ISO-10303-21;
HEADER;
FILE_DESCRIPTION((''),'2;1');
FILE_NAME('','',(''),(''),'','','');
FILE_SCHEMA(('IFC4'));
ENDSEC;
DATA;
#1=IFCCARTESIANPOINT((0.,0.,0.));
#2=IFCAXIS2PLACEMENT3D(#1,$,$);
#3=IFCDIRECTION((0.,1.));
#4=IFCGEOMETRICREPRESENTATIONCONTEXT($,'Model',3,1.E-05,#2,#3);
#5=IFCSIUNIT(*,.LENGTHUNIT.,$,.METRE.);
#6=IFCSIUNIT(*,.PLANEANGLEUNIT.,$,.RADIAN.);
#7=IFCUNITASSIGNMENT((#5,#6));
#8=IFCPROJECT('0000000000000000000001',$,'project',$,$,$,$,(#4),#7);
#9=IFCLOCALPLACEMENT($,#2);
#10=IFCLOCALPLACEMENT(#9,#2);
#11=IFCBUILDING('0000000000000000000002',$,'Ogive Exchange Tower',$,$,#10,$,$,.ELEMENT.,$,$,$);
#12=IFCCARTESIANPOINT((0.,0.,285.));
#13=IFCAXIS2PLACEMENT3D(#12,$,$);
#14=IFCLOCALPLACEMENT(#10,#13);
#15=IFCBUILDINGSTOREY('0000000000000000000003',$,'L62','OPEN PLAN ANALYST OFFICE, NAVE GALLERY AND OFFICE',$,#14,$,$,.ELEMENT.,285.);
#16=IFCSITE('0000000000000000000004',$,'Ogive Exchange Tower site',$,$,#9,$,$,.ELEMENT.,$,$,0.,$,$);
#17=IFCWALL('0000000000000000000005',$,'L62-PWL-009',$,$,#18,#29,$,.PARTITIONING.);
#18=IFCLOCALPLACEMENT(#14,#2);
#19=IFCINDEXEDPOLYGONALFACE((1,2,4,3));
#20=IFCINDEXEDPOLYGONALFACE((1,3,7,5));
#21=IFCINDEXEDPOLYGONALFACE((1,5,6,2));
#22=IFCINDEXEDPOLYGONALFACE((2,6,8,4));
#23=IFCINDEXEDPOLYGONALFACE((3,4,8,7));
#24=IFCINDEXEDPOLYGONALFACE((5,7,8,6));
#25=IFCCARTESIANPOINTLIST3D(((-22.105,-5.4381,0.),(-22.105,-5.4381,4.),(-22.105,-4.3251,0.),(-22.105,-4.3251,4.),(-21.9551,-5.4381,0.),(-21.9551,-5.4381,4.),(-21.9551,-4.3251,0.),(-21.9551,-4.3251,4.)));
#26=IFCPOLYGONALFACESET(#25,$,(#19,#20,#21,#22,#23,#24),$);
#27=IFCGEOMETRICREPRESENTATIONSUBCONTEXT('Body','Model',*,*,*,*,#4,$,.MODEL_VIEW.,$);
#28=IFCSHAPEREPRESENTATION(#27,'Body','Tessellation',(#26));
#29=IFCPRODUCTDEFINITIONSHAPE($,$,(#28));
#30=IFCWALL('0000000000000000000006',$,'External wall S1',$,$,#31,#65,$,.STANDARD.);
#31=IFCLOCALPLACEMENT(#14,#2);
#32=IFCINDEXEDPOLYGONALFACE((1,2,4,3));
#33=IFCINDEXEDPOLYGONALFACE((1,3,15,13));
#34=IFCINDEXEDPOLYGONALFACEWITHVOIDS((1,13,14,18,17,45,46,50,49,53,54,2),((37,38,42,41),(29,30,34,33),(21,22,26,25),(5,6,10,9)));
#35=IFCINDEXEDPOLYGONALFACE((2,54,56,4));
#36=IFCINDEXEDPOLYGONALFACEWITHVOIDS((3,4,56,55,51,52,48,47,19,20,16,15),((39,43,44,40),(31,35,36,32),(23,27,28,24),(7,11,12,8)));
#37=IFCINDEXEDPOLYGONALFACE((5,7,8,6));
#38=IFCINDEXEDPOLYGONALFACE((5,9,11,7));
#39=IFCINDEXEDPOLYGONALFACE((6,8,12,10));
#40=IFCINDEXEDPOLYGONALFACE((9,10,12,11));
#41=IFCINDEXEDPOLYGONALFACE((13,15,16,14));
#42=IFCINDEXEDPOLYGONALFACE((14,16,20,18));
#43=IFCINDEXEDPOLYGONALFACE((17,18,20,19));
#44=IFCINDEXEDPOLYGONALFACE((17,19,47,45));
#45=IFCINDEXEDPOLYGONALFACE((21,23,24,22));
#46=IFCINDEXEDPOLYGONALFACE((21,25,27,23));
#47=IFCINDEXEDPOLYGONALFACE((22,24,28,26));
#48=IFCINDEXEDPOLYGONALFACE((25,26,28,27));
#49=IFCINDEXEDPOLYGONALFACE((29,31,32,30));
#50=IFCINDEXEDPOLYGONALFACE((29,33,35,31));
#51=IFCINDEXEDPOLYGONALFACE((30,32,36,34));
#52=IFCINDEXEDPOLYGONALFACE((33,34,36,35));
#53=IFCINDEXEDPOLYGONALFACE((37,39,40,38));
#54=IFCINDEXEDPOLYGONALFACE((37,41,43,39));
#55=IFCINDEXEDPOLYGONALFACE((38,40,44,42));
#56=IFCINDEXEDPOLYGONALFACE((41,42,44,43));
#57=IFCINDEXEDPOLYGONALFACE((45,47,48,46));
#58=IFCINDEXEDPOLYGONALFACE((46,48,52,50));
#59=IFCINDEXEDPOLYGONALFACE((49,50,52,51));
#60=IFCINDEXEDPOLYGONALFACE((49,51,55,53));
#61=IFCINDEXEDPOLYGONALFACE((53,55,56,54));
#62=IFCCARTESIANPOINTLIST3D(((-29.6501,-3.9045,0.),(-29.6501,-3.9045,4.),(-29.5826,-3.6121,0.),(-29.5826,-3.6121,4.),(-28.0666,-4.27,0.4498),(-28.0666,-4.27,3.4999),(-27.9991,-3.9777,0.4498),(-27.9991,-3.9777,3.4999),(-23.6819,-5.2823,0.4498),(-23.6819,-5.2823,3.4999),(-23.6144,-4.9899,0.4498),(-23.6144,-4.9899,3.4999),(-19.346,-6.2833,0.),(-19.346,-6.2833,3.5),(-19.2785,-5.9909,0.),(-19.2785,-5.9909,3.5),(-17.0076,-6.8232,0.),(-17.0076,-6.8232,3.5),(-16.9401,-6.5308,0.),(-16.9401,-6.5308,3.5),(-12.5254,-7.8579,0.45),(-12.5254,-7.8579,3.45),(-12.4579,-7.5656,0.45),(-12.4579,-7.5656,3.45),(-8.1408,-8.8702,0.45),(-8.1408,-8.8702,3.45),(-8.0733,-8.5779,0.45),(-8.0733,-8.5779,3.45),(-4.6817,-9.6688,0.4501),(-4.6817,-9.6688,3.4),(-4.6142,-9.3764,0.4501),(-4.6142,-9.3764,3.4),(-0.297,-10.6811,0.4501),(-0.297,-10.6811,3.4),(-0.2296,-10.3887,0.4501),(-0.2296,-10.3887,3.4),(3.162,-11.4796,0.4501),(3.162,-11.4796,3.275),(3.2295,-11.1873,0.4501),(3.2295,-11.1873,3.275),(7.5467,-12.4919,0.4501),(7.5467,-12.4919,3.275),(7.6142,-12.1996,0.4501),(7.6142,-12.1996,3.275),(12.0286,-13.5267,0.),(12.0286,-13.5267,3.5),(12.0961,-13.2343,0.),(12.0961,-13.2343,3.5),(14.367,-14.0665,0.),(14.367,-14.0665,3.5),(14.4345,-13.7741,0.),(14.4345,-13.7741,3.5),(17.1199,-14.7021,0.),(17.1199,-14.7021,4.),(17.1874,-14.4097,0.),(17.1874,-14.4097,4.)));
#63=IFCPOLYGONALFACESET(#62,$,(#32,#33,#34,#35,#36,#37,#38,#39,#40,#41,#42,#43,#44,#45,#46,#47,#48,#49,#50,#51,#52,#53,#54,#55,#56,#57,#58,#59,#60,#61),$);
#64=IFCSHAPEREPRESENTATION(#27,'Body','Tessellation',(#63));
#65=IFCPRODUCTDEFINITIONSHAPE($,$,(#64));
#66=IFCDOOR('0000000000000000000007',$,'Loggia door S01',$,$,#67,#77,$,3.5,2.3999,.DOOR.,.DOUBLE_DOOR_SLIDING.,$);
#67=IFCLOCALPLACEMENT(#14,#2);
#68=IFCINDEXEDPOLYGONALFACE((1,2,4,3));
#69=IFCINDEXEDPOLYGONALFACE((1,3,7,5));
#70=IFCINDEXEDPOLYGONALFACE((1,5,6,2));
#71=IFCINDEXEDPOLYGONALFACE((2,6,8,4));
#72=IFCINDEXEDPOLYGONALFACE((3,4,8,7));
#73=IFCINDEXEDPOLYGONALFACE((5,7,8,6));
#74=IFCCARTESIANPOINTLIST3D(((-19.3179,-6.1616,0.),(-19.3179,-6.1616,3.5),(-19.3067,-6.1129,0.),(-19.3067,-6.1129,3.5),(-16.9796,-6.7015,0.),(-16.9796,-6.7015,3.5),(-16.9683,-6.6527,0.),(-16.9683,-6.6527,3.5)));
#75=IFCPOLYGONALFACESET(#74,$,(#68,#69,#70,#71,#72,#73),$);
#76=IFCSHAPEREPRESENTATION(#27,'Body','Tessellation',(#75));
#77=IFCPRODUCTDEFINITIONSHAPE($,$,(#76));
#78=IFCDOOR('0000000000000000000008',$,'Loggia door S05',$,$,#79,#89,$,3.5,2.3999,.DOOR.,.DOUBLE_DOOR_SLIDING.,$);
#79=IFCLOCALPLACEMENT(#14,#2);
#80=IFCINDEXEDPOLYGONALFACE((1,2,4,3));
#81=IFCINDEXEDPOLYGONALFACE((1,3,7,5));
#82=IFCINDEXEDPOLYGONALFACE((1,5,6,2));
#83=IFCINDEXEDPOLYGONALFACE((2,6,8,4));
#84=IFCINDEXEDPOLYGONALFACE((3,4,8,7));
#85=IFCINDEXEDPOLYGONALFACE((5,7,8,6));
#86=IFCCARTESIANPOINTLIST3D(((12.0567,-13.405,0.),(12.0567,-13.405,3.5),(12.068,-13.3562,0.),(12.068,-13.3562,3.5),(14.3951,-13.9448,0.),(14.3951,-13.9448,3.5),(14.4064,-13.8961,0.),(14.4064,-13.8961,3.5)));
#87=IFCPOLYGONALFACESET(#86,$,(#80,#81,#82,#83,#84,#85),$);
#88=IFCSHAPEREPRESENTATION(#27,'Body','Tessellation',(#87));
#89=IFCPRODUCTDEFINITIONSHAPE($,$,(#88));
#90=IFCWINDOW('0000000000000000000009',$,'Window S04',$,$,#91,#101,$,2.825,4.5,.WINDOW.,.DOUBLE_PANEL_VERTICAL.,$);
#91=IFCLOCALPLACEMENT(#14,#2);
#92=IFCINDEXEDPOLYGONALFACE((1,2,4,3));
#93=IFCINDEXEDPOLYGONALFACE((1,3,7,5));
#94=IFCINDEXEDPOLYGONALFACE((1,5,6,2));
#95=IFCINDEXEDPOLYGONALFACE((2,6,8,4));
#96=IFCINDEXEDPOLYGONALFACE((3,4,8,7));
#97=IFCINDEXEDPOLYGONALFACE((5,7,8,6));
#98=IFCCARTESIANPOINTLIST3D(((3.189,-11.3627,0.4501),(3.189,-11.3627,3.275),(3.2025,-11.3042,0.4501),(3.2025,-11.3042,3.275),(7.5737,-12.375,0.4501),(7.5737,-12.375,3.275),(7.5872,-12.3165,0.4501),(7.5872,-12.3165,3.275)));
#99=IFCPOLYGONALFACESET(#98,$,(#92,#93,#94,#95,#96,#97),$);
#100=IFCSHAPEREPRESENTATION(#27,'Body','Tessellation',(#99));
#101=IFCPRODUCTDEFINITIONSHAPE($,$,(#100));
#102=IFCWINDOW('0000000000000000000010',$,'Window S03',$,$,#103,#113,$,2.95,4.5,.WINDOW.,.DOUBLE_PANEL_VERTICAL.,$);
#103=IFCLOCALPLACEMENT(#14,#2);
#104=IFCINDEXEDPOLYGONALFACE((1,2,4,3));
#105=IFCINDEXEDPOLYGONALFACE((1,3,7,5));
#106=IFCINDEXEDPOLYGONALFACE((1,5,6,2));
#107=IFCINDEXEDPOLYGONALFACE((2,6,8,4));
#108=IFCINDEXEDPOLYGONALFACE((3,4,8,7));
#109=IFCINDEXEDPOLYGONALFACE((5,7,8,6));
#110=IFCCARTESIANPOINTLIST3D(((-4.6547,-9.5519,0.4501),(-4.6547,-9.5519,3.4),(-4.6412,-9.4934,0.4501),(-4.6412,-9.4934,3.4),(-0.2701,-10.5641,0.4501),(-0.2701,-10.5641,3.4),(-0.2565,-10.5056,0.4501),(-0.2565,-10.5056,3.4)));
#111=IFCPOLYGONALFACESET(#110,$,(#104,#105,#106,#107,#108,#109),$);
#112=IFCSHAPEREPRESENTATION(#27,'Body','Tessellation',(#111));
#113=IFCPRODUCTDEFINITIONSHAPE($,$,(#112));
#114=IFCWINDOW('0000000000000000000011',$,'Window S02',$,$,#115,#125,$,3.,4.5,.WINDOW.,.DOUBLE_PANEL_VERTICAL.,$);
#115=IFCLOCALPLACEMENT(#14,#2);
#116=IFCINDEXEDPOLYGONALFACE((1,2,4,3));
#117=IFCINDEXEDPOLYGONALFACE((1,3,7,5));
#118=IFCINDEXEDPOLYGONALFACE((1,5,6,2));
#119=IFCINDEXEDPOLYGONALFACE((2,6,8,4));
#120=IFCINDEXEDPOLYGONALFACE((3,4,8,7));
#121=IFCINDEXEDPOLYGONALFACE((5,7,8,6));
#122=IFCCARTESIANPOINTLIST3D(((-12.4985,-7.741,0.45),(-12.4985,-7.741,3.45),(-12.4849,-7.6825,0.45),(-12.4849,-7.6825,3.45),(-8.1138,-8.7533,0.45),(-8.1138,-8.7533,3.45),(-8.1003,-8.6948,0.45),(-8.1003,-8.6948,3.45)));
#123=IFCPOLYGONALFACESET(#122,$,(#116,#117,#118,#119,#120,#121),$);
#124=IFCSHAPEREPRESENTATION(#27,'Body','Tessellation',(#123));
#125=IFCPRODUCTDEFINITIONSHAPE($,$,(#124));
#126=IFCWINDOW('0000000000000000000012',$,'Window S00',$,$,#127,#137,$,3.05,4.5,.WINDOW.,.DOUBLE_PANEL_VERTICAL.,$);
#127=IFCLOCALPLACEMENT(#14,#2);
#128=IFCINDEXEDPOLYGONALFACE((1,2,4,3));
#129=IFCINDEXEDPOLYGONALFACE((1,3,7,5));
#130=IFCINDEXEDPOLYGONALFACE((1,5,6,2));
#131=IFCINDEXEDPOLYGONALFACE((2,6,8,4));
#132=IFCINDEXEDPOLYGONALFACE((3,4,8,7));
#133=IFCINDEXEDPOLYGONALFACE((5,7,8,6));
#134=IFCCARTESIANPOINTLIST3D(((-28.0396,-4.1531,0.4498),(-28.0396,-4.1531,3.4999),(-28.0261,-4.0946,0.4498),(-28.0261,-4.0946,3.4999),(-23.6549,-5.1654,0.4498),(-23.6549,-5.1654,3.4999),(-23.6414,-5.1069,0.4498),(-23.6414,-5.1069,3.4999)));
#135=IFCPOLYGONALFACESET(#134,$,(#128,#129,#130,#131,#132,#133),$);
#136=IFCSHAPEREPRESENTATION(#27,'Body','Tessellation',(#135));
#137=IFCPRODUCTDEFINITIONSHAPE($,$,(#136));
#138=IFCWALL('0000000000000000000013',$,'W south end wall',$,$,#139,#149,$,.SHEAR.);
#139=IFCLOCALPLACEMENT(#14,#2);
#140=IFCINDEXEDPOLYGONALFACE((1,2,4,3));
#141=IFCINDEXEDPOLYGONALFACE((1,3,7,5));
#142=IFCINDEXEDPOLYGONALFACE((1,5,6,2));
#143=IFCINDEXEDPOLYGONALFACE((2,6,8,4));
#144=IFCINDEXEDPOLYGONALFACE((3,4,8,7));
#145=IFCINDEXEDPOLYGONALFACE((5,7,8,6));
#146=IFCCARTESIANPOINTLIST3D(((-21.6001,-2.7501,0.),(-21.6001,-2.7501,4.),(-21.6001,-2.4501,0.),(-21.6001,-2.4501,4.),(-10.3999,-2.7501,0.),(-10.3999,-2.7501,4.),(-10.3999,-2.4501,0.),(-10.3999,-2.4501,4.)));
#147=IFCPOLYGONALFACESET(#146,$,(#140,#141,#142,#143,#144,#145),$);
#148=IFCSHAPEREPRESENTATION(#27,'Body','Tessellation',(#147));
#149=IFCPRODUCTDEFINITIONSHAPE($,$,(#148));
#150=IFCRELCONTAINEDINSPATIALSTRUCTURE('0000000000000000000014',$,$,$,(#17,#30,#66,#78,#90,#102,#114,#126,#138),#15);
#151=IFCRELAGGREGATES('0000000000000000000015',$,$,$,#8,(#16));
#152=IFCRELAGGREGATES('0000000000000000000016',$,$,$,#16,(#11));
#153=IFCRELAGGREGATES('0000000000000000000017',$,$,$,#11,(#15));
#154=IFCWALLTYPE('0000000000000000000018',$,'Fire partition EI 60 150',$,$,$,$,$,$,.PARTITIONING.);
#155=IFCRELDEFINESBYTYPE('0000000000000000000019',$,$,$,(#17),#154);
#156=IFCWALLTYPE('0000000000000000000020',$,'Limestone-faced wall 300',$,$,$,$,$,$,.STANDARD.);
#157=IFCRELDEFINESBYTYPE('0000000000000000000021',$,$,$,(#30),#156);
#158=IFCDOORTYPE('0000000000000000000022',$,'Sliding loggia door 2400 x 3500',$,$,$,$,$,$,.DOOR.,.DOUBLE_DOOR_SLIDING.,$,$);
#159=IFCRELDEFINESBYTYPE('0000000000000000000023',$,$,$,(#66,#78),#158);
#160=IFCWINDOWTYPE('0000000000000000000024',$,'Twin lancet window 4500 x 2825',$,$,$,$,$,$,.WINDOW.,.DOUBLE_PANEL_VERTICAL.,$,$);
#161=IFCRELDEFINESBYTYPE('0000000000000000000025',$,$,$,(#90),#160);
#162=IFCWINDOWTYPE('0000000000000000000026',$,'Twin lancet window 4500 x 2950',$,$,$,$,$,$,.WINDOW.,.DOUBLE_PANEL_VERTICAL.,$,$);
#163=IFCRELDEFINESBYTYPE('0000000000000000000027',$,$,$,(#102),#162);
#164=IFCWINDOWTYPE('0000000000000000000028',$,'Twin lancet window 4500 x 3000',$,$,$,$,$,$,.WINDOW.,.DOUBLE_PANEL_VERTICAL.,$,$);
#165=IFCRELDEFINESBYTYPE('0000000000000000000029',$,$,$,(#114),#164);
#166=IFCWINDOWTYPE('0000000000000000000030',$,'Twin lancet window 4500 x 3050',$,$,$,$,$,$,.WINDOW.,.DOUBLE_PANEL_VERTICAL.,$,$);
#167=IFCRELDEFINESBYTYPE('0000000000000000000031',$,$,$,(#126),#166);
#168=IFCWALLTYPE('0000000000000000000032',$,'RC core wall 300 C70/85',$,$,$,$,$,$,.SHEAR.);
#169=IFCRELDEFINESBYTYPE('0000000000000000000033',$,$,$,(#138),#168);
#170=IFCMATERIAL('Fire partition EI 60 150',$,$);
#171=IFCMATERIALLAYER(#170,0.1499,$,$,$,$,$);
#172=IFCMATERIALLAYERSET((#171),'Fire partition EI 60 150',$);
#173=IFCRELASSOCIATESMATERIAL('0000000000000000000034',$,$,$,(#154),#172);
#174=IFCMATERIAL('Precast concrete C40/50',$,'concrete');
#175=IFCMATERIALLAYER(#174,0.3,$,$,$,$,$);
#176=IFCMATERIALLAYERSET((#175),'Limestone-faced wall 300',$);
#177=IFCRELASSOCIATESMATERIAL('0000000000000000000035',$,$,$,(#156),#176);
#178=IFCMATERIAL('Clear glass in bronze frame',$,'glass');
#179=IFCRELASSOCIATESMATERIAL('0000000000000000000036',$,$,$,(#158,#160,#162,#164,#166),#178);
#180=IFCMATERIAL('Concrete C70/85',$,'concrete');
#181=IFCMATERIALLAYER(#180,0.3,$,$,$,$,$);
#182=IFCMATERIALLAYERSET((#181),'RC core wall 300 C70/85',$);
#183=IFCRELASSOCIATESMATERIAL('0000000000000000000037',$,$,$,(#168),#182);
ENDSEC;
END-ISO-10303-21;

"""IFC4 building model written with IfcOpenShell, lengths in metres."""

from ifc_helpers import new_model, si_unit, direction, frame, frame_2d, origin, place, context, subcontext, project, spatial, rectangle, extrude, material, layer, layer_set, type_object, element, fill, save


model = new_model("IFC4")

# Units and contexts
model_context = context("Model", 3, precision=1e-05, world=origin(), true_north=direction((0.0, 1.0)))
body_context = subcontext(model_context, "Body", "Model", "MODEL_VIEW")
ifc_project = project(units=[si_unit("LENGTHUNIT", "METRE"), si_unit("PLANEANGLEUNIT", "RADIAN")], contexts=[model_context])

# Site, building, storey
site_placement = place(None, origin())
site = spatial("IfcSite", under=ifc_project, at=site_placement, Name="Ogive Exchange Tower site", CompositionType="ELEMENT", RefElevation=0.0)
building_placement = place(site_placement, origin())
building = spatial("IfcBuilding", under=site, at=building_placement, Name="Ogive Exchange Tower", CompositionType="ELEMENT")
storey_placement = place(building_placement, frame((0.0, 0.0, 285.0)))
storey = spatial("IfcBuildingStorey", under=building, at=storey_placement, Name="L62", Description="OPEN PLAN ANALYST OFFICE, NAVE GALLERY AND OFFICE", CompositionType="ELEMENT", Elevation=285.0)

# Shared definitions
ifc_material_1 = material(Name="Fire partition EI 60 150")
ifc_layer_1 = layer(ifc_material_1, 0.1499)
ifc_layer_set_1 = layer_set([ifc_layer_1], Name="Fire partition EI 60 150")
wall_type_1 = type_object("IfcWallType", Name="Fire partition EI 60 150", PredefinedType="PARTITIONING", material=ifc_layer_set_1)

# Wall
wall_1_placement = place(storey_placement, frame((-22.03, -4.325, 0.0), z_axis=(0.0, 0.0, 1.0), x_axis=(0.0, -1.0, 0.0)))
element("IfcWall", 1, at=wall_1_placement, inside=storey, type_object=wall_type_1, Name="L62-PWL-009", PredefinedType="PARTITIONING", context=body_context, shape_type="SweptSolid", body=[
    extrude(rectangle(XDim=1.113, YDim=0.1499, at=frame_2d((0.5566, 0.0))), origin(), (0.0, 0.0, 1.0), 4.0),
])

# Wall, openings, doors, windows
ifc_material_2 = material(Name="Precast concrete C40/50", Category="concrete")
ifc_layer_2 = layer(ifc_material_2, 0.3)
ifc_layer_set_2 = layer_set([ifc_layer_2], Name="Limestone-faced wall 300")
wall_type_2 = type_object("IfcWallType", Name="Limestone-faced wall 300", PredefinedType="STANDARD", material=ifc_layer_set_2)
wall_2_placement = place(storey_placement, frame((-29.6162, -3.7583, 0.0), z_axis=(0.0, 0.0, 1.0), x_axis=(0.974371, -0.224949, 0.0)))
wall_2 = element("IfcWall", 2, at=wall_2_placement, inside=storey, type_object=wall_type_2, Name="External wall S1", PredefinedType="STANDARD", context=body_context, shape_type="SweptSolid", body=[
    extrude(rectangle(XDim=48.0002, YDim=0.3, at=frame_2d((24.0, 0.0))), origin(), (0.0, 0.0, 1.0), 4.0),
])
opening_1_placement = place(wall_2_placement, frame((1.625, 0.0, 0.45)))
opening_1 = element("IfcOpeningElement", 3, at=opening_1_placement, cuts=wall_2, PredefinedType="OPENING", context=body_context, shape_type="SweptSolid", body=[
    extrude(rectangle(XDim=4.5, YDim=3.05, at=frame_2d((2.25, 1.5249))), frame((0.0, 0.1599, 0.0), z_axis=(0.0, -1.0, 0.0), x_axis=(1.0, 0.0, 0.0)), (0.0, 0.0, 1.0), 0.3201),
])
opening_2_placement = place(wall_2_placement, frame((10.575, 0.0, 0.0)))
opening_2 = element("IfcOpeningElement", 4, at=opening_2_placement, cuts=wall_2, PredefinedType="OPENING", context=body_context, shape_type="SweptSolid", body=[
    extrude(rectangle(XDim=2.3999, YDim=3.5, at=frame_2d((1.2, 1.75))), frame((0.0, 0.1599, 0.0), z_axis=(0.0, -1.0, 0.0), x_axis=(1.0, 0.0, 0.0)), (0.0, 0.0, 1.0), 0.3201),
])
opening_3_placement = place(wall_2_placement, frame((17.575, 0.0, 0.45)))
opening_3 = element("IfcOpeningElement", 5, at=opening_3_placement, cuts=wall_2, PredefinedType="OPENING", context=body_context, shape_type="SweptSolid", body=[
    extrude(rectangle(XDim=4.5, YDim=3.0, at=frame_2d((2.25, 1.5))), frame((0.0, 0.1599, 0.0), z_axis=(0.0, -1.0, 0.0), x_axis=(1.0, 0.0, 0.0)), (0.0, 0.0, 1.0), 0.3201),
])
opening_4_placement = place(wall_2_placement, frame((25.625, 0.0, 0.45)))
opening_4 = element("IfcOpeningElement", 6, at=opening_4_placement, cuts=wall_2, PredefinedType="OPENING", context=body_context, shape_type="SweptSolid", body=[
    extrude(rectangle(XDim=4.5, YDim=2.95, at=frame_2d((2.25, 1.4751))), frame((0.0, 0.1599, 0.0), z_axis=(0.0, -1.0, 0.0), x_axis=(1.0, 0.0, 0.0)), (0.0, 0.0, 1.0), 0.3201),
])
opening_5_placement = place(wall_2_placement, frame((33.675, 0.0, 0.45)))
opening_5 = element("IfcOpeningElement", 7, at=opening_5_placement, cuts=wall_2, PredefinedType="OPENING", context=body_context, shape_type="SweptSolid", body=[
    extrude(rectangle(XDim=4.5, YDim=2.825, at=frame_2d((2.25, 1.4126))), frame((0.0, 0.1599, 0.0), z_axis=(0.0, -1.0, 0.0), x_axis=(1.0, 0.0, 0.0)), (0.0, 0.0, 1.0), 0.3201),
])
opening_6_placement = place(wall_2_placement, frame((42.7749, 0.0, 0.0)))
opening_6 = element("IfcOpeningElement", 8, at=opening_6_placement, cuts=wall_2, PredefinedType="OPENING", context=body_context, shape_type="SweptSolid", body=[
    extrude(rectangle(XDim=2.3999, YDim=3.5, at=frame_2d((1.2, 1.75))), frame((0.0, 0.1599, 0.0), z_axis=(0.0, -1.0, 0.0), x_axis=(1.0, 0.0, 0.0)), (0.0, 0.0, 1.0), 0.3201),
])
ifc_material_3 = material(Name="Clear glass in bronze frame", Category="glass")
door_type_1 = type_object("IfcDoorType", Name="Sliding loggia door 2400 x 3500", OperationType="DOUBLE_DOOR_SLIDING", PredefinedType="DOOR", material=ifc_material_3)
door_1_placement = place(opening_2_placement, origin())
door_1 = element("IfcDoor", 9, at=door_1_placement, inside=storey, type_object=door_type_1, Name="Loggia door S01", OperationType="DOUBLE_DOOR_SLIDING", OverallHeight=3.5, OverallWidth=2.3999, PredefinedType="DOOR", context=body_context, shape_type="SweptSolid", body=[
    extrude(rectangle(XDim=2.3999, YDim=3.5, at=frame_2d((1.2, 1.75))), frame((0.0, 0.0249, 0.0), z_axis=(0.0, -1.0, 0.0), x_axis=(1.0, 0.0, 0.0)), (0.0, 0.0, 1.0), 0.05),
])
fill(opening_2, door_1)
door_2_placement = place(opening_6_placement, origin())
door_2 = element("IfcDoor", 10, at=door_2_placement, inside=storey, type_object=door_type_1, Name="Loggia door S05", OperationType="DOUBLE_DOOR_SLIDING", OverallHeight=3.5, OverallWidth=2.3999, PredefinedType="DOOR", context=body_context, shape_type="SweptSolid", body=[
    extrude(rectangle(XDim=2.3999, YDim=3.5, at=frame_2d((1.2, 1.75))), frame((0.0, 0.0249, 0.0), z_axis=(0.0, -1.0, 0.0), x_axis=(1.0, 0.0, 0.0)), (0.0, 0.0, 1.0), 0.05),
])
fill(opening_6, door_2)
window_type_1 = type_object("IfcWindowType", Name="Twin lancet window 4500 x 2825", PartitioningType="DOUBLE_PANEL_VERTICAL", PredefinedType="WINDOW", material=ifc_material_3)
window_1_placement = place(opening_5_placement, origin())
window_1 = element("IfcWindow", 11, at=window_1_placement, inside=storey, type_object=window_type_1, Name="Window S04", OverallHeight=2.825, OverallWidth=4.5, PartitioningType="DOUBLE_PANEL_VERTICAL", PredefinedType="WINDOW", context=body_context, shape_type="SweptSolid", body=[
    extrude(rectangle(XDim=4.5, YDim=2.825, at=frame_2d((2.25, 1.4126))), frame((0.0, 0.03, 0.0), z_axis=(0.0, -1.0, 0.0), x_axis=(1.0, 0.0, 0.0)), (0.0, 0.0, 1.0), 0.0601),
])
fill(opening_5, window_1)
window_type_2 = type_object("IfcWindowType", Name="Twin lancet window 4500 x 2950", PartitioningType="DOUBLE_PANEL_VERTICAL", PredefinedType="WINDOW", material=ifc_material_3)
window_2_placement = place(opening_4_placement, origin())
window_2 = element("IfcWindow", 12, at=window_2_placement, inside=storey, type_object=window_type_2, Name="Window S03", OverallHeight=2.95, OverallWidth=4.5, PartitioningType="DOUBLE_PANEL_VERTICAL", PredefinedType="WINDOW", context=body_context, shape_type="SweptSolid", body=[
    extrude(rectangle(XDim=4.5, YDim=2.95, at=frame_2d((2.25, 1.4751))), frame((0.0, 0.03, 0.0), z_axis=(0.0, -1.0, 0.0), x_axis=(1.0, 0.0, 0.0)), (0.0, 0.0, 1.0), 0.0601),
])
fill(opening_4, window_2)
window_type_3 = type_object("IfcWindowType", Name="Twin lancet window 4500 x 3000", PartitioningType="DOUBLE_PANEL_VERTICAL", PredefinedType="WINDOW", material=ifc_material_3)
window_3_placement = place(opening_3_placement, origin())
window_3 = element("IfcWindow", 13, at=window_3_placement, inside=storey, type_object=window_type_3, Name="Window S02", OverallHeight=3.0, OverallWidth=4.5, PartitioningType="DOUBLE_PANEL_VERTICAL", PredefinedType="WINDOW", context=body_context, shape_type="SweptSolid", body=[
    extrude(rectangle(XDim=4.5, YDim=3.0, at=frame_2d((2.25, 1.5))), frame((0.0, 0.03, 0.0), z_axis=(0.0, -1.0, 0.0), x_axis=(1.0, 0.0, 0.0)), (0.0, 0.0, 1.0), 0.0601),
])
fill(opening_3, window_3)
window_type_4 = type_object("IfcWindowType", Name="Twin lancet window 4500 x 3050", PartitioningType="DOUBLE_PANEL_VERTICAL", PredefinedType="WINDOW", material=ifc_material_3)
window_4_placement = place(opening_1_placement, origin())
window_4 = element("IfcWindow", 14, at=window_4_placement, inside=storey, type_object=window_type_4, Name="Window S00", OverallHeight=3.05, OverallWidth=4.5, PartitioningType="DOUBLE_PANEL_VERTICAL", PredefinedType="WINDOW", context=body_context, shape_type="SweptSolid", body=[
    extrude(rectangle(XDim=4.5, YDim=3.05, at=frame_2d((2.25, 1.5249))), frame((0.0, 0.03, 0.0), z_axis=(0.0, -1.0, 0.0), x_axis=(1.0, 0.0, 0.0)), (0.0, 0.0, 1.0), 0.0601),
])
fill(opening_1, window_4)

# Wall
ifc_material_4 = material(Name="Concrete C70/85", Category="concrete")
ifc_layer_3 = layer(ifc_material_4, 0.3)
ifc_layer_set_3 = layer_set([ifc_layer_3], Name="RC core wall 300 C70/85")
wall_type_3 = type_object("IfcWallType", Name="RC core wall 300 C70/85", PredefinedType="SHEAR", material=ifc_layer_set_3)
wall_3_placement = place(storey_placement, frame((-21.6001, -2.6001, 0.0), z_axis=(0.0, 0.0, 1.0), x_axis=(1.0, 0.0, 0.0)))
element("IfcWall", 15, at=wall_3_placement, inside=storey, type_object=wall_type_3, Name="W south end wall", PredefinedType="SHEAR", context=body_context, shape_type="SweptSolid", body=[
    extrude(rectangle(XDim=11.2002, YDim=0.3, at=frame_2d((5.6001, 0.0))), origin(), (0.0, 0.0, 1.0), 4.0),
])

save(model, "model.ifc")
